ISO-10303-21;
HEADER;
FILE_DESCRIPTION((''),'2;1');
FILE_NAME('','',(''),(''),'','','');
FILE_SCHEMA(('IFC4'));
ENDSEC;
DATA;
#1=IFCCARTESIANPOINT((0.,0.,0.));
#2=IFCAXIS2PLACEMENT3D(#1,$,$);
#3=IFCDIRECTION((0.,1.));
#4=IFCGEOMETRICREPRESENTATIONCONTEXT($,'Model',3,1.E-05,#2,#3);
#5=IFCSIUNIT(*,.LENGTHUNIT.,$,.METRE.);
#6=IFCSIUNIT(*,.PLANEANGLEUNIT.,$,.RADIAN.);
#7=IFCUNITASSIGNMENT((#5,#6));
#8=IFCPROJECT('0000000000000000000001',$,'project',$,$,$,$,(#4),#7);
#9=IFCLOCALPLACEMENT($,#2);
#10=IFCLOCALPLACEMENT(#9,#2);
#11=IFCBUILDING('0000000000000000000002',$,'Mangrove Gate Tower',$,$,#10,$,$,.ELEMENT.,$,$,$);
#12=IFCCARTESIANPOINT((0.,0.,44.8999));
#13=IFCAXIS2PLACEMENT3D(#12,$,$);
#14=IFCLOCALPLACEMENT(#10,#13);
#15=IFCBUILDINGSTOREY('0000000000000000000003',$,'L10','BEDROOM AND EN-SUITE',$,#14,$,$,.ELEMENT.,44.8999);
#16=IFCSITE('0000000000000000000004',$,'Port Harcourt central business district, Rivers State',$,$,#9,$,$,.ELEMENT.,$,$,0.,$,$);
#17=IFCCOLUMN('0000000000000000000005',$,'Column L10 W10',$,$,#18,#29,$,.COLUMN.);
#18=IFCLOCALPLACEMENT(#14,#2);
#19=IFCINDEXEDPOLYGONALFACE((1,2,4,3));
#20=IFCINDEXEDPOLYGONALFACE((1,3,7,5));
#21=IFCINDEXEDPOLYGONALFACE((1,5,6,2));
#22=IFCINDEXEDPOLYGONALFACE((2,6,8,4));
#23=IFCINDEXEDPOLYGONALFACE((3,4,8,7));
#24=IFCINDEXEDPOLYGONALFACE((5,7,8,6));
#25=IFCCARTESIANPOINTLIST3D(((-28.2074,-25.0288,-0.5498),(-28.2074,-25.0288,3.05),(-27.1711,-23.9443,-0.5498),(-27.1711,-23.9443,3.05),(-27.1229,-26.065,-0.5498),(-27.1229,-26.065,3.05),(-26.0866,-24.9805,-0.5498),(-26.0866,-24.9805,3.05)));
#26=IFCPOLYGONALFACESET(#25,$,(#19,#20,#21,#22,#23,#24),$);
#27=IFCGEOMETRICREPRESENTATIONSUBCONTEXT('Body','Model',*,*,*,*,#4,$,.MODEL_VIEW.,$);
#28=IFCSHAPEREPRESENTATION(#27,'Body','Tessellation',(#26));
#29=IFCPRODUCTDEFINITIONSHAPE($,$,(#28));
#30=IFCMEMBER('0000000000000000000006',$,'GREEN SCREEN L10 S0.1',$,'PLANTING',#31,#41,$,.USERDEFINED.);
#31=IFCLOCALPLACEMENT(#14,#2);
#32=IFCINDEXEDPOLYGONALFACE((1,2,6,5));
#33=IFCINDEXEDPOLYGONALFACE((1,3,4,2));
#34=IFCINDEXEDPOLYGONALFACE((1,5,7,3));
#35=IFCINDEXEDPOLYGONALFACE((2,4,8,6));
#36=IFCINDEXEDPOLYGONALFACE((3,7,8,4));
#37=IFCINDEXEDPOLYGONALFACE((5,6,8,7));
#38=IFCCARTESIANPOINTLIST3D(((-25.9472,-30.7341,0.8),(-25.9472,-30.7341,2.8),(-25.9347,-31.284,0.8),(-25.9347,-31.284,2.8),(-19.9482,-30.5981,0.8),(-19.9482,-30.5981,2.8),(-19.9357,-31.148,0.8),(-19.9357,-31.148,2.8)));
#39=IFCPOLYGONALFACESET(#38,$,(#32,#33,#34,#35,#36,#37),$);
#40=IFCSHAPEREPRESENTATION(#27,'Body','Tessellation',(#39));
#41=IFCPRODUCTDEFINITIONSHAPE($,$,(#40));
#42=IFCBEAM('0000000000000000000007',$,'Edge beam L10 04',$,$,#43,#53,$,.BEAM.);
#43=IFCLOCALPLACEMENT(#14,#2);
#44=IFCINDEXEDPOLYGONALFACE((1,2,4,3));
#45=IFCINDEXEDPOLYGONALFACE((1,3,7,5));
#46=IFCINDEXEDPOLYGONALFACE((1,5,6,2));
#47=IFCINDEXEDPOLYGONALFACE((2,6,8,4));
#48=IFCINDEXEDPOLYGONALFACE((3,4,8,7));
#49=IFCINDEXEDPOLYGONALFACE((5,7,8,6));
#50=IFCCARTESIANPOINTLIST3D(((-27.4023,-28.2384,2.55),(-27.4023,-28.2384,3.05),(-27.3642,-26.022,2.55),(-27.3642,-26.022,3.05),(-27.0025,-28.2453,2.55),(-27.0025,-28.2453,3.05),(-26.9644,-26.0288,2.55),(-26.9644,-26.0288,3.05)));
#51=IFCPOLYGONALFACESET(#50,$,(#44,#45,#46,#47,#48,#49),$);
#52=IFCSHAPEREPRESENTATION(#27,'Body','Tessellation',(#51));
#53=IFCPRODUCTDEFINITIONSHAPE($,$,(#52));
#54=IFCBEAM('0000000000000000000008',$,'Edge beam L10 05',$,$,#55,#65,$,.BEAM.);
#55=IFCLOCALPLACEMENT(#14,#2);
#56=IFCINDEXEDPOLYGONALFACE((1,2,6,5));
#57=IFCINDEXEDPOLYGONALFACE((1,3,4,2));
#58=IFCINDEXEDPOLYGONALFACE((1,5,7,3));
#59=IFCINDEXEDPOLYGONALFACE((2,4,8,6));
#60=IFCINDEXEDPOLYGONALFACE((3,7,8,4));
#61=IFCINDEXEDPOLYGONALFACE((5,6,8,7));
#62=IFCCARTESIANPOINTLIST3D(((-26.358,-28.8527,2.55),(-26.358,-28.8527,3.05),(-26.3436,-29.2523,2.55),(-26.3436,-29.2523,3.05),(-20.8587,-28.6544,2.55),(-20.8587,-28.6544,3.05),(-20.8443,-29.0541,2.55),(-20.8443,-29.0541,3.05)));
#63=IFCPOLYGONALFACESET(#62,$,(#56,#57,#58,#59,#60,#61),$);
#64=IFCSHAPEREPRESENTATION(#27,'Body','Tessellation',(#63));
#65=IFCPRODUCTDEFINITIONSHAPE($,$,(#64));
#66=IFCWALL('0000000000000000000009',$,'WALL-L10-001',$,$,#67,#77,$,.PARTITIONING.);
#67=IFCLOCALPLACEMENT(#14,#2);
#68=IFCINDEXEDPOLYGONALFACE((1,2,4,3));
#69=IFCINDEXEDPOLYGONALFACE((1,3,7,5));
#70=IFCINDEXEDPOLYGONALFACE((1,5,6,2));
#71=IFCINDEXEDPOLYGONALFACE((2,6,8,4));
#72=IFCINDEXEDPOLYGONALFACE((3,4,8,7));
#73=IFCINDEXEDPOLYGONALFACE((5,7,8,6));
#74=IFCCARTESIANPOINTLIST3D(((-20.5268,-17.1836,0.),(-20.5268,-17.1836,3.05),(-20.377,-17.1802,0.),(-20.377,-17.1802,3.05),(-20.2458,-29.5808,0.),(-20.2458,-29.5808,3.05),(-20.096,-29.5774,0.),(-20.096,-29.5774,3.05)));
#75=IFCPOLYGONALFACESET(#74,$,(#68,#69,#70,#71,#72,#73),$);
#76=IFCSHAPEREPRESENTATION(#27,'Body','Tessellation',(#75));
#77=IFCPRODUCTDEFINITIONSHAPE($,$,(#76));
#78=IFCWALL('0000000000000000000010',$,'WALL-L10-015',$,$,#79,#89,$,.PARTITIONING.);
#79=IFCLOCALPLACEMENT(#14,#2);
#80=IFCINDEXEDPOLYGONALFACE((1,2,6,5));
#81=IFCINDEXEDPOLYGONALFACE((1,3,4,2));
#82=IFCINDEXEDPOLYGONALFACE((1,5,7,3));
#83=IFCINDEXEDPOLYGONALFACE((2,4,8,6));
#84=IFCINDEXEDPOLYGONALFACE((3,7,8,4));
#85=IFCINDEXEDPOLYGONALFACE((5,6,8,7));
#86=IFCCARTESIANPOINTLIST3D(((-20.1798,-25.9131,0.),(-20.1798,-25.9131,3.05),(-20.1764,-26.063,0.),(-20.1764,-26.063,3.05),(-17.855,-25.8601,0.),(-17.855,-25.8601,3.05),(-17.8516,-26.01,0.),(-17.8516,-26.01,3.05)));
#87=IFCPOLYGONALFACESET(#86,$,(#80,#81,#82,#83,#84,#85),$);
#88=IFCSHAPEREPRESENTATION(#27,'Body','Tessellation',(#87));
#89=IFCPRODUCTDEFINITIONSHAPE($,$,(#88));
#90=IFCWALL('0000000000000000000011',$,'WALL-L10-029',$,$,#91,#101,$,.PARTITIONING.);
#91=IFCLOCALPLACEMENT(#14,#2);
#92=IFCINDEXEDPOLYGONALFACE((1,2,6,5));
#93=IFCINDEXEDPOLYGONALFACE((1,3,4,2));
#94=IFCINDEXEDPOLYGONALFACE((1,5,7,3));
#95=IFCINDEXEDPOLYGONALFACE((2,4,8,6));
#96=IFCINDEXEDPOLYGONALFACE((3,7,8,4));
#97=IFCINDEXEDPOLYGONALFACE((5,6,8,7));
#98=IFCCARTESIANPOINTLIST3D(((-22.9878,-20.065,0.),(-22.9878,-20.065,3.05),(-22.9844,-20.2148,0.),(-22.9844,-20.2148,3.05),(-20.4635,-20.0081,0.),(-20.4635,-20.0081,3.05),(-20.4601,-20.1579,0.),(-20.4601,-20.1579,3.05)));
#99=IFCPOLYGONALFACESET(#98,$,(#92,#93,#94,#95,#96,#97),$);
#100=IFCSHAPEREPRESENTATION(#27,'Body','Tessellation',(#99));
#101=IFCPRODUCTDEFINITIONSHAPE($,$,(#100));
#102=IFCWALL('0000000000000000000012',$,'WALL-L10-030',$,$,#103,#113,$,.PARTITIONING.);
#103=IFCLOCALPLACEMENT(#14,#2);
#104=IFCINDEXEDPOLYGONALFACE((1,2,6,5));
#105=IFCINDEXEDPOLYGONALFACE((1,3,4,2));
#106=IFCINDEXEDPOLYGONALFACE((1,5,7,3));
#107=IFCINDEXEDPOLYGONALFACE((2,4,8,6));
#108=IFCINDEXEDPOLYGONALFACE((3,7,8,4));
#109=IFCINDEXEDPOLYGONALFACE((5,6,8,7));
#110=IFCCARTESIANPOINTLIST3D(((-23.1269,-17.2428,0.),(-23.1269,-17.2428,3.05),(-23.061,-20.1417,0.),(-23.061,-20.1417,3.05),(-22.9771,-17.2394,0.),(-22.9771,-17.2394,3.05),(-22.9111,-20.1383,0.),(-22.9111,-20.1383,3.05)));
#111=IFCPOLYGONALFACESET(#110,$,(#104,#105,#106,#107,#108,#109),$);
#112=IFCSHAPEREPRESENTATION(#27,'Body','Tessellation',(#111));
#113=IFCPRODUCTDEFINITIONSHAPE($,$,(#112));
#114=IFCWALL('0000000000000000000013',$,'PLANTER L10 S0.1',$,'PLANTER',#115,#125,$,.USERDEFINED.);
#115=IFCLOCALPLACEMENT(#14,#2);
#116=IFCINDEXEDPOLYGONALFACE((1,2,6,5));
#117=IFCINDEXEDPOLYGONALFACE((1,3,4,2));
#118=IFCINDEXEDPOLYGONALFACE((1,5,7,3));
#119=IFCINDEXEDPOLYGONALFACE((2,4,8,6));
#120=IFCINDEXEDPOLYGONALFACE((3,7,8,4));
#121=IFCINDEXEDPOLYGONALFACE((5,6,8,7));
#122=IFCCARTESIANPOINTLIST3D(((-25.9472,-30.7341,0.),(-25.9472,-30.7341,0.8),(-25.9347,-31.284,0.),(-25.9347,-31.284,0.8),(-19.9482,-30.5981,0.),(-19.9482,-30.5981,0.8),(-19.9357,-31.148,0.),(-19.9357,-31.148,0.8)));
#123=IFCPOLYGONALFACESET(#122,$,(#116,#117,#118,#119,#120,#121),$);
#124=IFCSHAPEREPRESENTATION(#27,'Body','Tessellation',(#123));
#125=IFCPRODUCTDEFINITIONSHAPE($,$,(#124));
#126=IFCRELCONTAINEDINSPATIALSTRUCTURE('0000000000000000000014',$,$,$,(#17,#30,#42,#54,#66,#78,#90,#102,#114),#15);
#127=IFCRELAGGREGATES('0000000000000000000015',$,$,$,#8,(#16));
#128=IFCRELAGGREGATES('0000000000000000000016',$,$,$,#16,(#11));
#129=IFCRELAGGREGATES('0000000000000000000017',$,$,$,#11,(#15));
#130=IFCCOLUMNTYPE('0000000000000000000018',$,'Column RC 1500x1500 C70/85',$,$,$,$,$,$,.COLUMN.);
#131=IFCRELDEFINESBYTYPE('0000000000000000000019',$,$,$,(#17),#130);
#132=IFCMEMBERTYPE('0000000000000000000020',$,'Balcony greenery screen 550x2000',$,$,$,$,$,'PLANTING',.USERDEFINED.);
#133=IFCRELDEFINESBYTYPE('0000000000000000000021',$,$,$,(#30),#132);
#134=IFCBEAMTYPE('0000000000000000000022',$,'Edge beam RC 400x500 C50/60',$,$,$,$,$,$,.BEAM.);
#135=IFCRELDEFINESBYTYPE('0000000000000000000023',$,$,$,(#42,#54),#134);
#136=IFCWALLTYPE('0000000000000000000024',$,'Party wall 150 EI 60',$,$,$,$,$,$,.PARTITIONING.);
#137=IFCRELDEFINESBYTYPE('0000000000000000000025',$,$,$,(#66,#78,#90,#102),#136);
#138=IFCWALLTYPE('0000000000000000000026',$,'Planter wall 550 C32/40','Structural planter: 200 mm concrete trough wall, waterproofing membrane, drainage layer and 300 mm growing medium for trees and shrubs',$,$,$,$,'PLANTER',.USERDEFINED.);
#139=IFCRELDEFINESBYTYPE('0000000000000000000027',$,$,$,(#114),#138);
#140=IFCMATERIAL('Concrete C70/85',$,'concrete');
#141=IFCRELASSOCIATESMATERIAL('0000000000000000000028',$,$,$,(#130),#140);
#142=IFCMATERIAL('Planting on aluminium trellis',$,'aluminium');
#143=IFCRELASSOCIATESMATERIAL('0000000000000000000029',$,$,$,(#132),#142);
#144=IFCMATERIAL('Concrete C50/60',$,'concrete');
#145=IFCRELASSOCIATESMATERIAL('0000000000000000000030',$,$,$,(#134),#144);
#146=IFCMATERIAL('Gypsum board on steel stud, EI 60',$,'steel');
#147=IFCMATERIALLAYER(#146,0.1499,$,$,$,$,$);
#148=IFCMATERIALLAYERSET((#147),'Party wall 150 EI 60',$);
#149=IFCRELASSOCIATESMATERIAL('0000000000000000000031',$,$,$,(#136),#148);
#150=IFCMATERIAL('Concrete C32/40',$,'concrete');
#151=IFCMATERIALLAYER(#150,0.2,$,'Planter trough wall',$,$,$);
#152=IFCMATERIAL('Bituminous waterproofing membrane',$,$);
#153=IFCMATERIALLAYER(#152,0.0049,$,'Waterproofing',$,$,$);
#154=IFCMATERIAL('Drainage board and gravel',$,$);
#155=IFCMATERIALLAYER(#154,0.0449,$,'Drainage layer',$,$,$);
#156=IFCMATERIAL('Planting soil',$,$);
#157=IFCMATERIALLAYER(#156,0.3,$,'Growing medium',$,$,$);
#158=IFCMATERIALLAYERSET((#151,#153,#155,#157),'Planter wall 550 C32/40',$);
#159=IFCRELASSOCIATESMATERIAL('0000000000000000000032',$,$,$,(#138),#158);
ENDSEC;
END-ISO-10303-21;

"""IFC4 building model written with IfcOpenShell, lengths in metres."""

from ifc_helpers import new_model, si_unit, direction, frame, frame_2d, origin, origin_2d, place, context, subcontext, project, spatial, rectangle, extrude, material, layer, layer_set, material_profile, profile_set, type_object, element, save


model = new_model("IFC4")

# Units and contexts
model_context = context("Model", 3, precision=1e-05, world=origin(), true_north=direction((0.0, 1.0)))
body_context = subcontext(model_context, "Body", "Model", "MODEL_VIEW")
ifc_project = project(units=[si_unit("LENGTHUNIT", "METRE"), si_unit("PLANEANGLEUNIT", "RADIAN")], contexts=[model_context])

# Site, building, storey
site_placement = place(None, origin())
site = spatial("IfcSite", under=ifc_project, at=site_placement, Name="Port Harcourt central business district, Rivers State", CompositionType="ELEMENT", RefElevation=0.0)
building_placement = place(site_placement, origin())
building = spatial("IfcBuilding", under=site, at=building_placement, Name="Mangrove Gate Tower", CompositionType="ELEMENT")
storey_placement = place(building_placement, frame((0.0, 0.0, 44.8999)))
storey = spatial("IfcBuildingStorey", under=building, at=storey_placement, Name="L10", Description="BEDROOM AND EN-SUITE", CompositionType="ELEMENT", Elevation=44.8999)

# Column
ifc_material_1 = material(Name="Concrete C70/85", Category="concrete")
ifc_material_profile_1 = material_profile(ifc_material_1, rectangle(XDim=1.5, YDim=1.5, at=origin_2d()))
ifc_profile_set_1 = profile_set([ifc_material_profile_1], Name="Concrete C70/85")
column_type = type_object("IfcColumnType", Name="Column RC 1500x1500 C70/85", PredefinedType="COLUMN", material=ifc_profile_set_1)
column_placement = place(storey_placement, frame((-27.147, -25.0046, -0.5498), z_axis=(0.0, 0.0, 1.0), x_axis=(0.723004, -0.690844, 0.0)))
element("IfcColumn", 1, at=column_placement, inside=storey, type_object=column_type, Name="Column L10 W10", PredefinedType="COLUMN", context=body_context, shape_type="SweptSolid", body=[
    extrude(rectangle(XDim=1.5, YDim=1.5, at=origin_2d()), origin(), (0.0, 0.0, 1.0), 3.5999),
])

# Member
ifc_material_2 = material(Name="Planting on aluminium trellis", Category="aluminium")
ifc_material_profile_2 = material_profile(ifc_material_2, rectangle(XDim=0.55, YDim=2.0, at=origin_2d()))
ifc_profile_set_2 = profile_set([ifc_material_profile_2], Name="Planting on aluminium trellis")
member_type = type_object("IfcMemberType", Name="Balcony greenery screen 550x2000", ElementType="PLANTING", PredefinedType="USERDEFINED", material=ifc_profile_set_2)
member_placement = place(storey_placement, frame((-25.9409, -31.009, 1.8), z_axis=(0.999743, 0.022662, 0.0), x_axis=(-0.022662, 0.999743, 0.0)))
element("IfcMember", 2, at=member_placement, inside=storey, type_object=member_type, Name="GREEN SCREEN L10 S0.1", ObjectType="PLANTING", PredefinedType="USERDEFINED", context=body_context, shape_type="SweptSolid", body=[
    extrude(rectangle(XDim=0.55, YDim=2.0, at=origin_2d()), origin(), (0.0, 0.0, 1.0), 6.0005),
])

# Beams
ifc_material_3 = material(Name="Concrete C50/60", Category="concrete")
ifc_material_profile_3 = material_profile(ifc_material_3, rectangle(XDim=0.3999, YDim=0.5, at=origin_2d()))
ifc_profile_set_3 = profile_set([ifc_material_profile_3], Name="Concrete C50/60")
beam_type = type_object("IfcBeamType", Name="Edge beam RC 400x500 C50/60", PredefinedType="BEAM", material=ifc_profile_set_3)
beam_1_placement = place(storey_placement, frame((-27.1643, -26.0254, 2.8), z_axis=(-0.01718, -0.999852, 0.0), x_axis=(0.999852, -0.01718, 0.0)))
element("IfcBeam", 3, at=beam_1_placement, inside=storey, type_object=beam_type, Name="Edge beam L10 04", PredefinedType="BEAM", context=body_context, shape_type="SweptSolid", body=[
    extrude(rectangle(XDim=0.3999, YDim=0.5, at=origin_2d()), origin(), (0.0, 0.0, 1.0), 2.2168),
])
beam_2_placement = place(storey_placement, frame((-26.3508, -29.0525, 2.8), z_axis=(0.999351, 0.036025, 0.0), x_axis=(-0.036025, 0.999351, 0.0)))
element("IfcBeam", 4, at=beam_2_placement, inside=storey, type_object=beam_type, Name="Edge beam L10 05", PredefinedType="BEAM", context=body_context, shape_type="SweptSolid", body=[
    extrude(rectangle(XDim=0.3999, YDim=0.5, at=origin_2d()), origin(), (0.0, 0.0, 1.0), 5.5029),
])

# Walls
ifc_material_4 = material(Name="Gypsum board on steel stud, EI 60", Category="steel")
ifc_layer_1 = layer(ifc_material_4, 0.1499)
ifc_layer_set_1 = layer_set([ifc_layer_1], Name="Party wall 150 EI 60")
wall_type_1 = type_object("IfcWallType", Name="Party wall 150 EI 60", PredefinedType="PARTITIONING", material=ifc_layer_set_1)
wall_1_placement = place(storey_placement, frame((-20.1709, -29.5791, 0.0), z_axis=(0.0, 0.0, 1.0), x_axis=(-0.022661, 0.999743, 0.0)))
element("IfcWall", 5, at=wall_1_placement, inside=storey, type_object=wall_type_1, Name="WALL-L10-001", PredefinedType="PARTITIONING", context=body_context, shape_type="SweptSolid", body=[
    extrude(rectangle(XDim=12.4004, YDim=0.1499, at=frame_2d((6.2002, 0.0))), origin(), (0.0, 0.0, 1.0), 3.05),
])
wall_2_placement = place(storey_placement, frame((-20.178, -25.988, 0.0), z_axis=(0.0, 0.0, 1.0), x_axis=(0.99974, 0.022781, 0.0)))
element("IfcWall", 6, at=wall_2_placement, inside=storey, type_object=wall_type_1, Name="WALL-L10-015", PredefinedType="PARTITIONING", context=body_context, shape_type="SweptSolid", body=[
    extrude(rectangle(XDim=2.3254, YDim=0.1499, at=frame_2d((1.1626, 0.0))), origin(), (0.0, 0.0, 1.0), 3.05),
])
wall_3_placement = place(storey_placement, frame((-22.9861, -20.1399, 0.0), z_axis=(0.0, 0.0, 1.0), x_axis=(0.999746, 0.02253, 0.0)))
element("IfcWall", 7, at=wall_3_placement, inside=storey, type_object=wall_type_1, Name="WALL-L10-029", PredefinedType="PARTITIONING", context=body_context, shape_type="SweptSolid", body=[
    extrude(rectangle(XDim=2.5249, YDim=0.1499, at=frame_2d((1.2625, 0.0))), origin(), (0.0, 0.0, 1.0), 3.05),
])
wall_4_placement = place(storey_placement, frame((-22.9861, -20.1399, 0.0), z_axis=(0.0, 0.0, 1.0), x_axis=(-0.022733, 0.999742, 0.0)))
element("IfcWall", 8, at=wall_4_placement, inside=storey, type_object=wall_type_1, Name="WALL-L10-030", PredefinedType="PARTITIONING", context=body_context, shape_type="SweptSolid", body=[
    extrude(rectangle(XDim=2.8997, YDim=0.1499, at=frame_2d((1.4497, 0.0))), origin(), (0.0, 0.0, 1.0), 3.05),
])
ifc_material_5 = material(Name="Concrete C32/40", Category="concrete")
ifc_layer_2 = layer(ifc_material_5, 0.2, Name="Planter trough wall")
ifc_material_6 = material(Name="Bituminous waterproofing membrane")
ifc_layer_3 = layer(ifc_material_6, 0.0049, Name="Waterproofing")
ifc_material_7 = material(Name="Drainage board and gravel")
ifc_layer_4 = layer(ifc_material_7, 0.0449, Name="Drainage layer")
ifc_material_8 = material(Name="Planting soil")
ifc_layer_5 = layer(ifc_material_8, 0.3, Name="Growing medium")
ifc_layer_set_2 = layer_set([ifc_layer_2, ifc_layer_3, ifc_layer_4, ifc_layer_5], Name="Planter wall 550 C32/40")
wall_type_2 = type_object("IfcWallType", Name="Planter wall 550 C32/40", Description="Structural planter: 200 mm concrete trough wall, waterproofing membrane, drainage layer and 300 mm growing medium for trees and shrubs", ElementType="PLANTER", PredefinedType="USERDEFINED", material=ifc_layer_set_2)
wall_5_placement = place(storey_placement, frame((-25.9409, -31.009, 0.0), z_axis=(0.0, 0.0, 1.0), x_axis=(0.999743, 0.022662, 0.0)))
element("IfcWall", 9, at=wall_5_placement, inside=storey, type_object=wall_type_2, Name="PLANTER L10 S0.1", ObjectType="PLANTER", PredefinedType="USERDEFINED", context=body_context, shape_type="SweptSolid", body=[
    extrude(rectangle(XDim=6.0005, YDim=0.55, at=frame_2d((3.0002, 0.0))), origin(), (0.0, 0.0, 1.0), 0.8),
])

save(model, "model.ifc")
